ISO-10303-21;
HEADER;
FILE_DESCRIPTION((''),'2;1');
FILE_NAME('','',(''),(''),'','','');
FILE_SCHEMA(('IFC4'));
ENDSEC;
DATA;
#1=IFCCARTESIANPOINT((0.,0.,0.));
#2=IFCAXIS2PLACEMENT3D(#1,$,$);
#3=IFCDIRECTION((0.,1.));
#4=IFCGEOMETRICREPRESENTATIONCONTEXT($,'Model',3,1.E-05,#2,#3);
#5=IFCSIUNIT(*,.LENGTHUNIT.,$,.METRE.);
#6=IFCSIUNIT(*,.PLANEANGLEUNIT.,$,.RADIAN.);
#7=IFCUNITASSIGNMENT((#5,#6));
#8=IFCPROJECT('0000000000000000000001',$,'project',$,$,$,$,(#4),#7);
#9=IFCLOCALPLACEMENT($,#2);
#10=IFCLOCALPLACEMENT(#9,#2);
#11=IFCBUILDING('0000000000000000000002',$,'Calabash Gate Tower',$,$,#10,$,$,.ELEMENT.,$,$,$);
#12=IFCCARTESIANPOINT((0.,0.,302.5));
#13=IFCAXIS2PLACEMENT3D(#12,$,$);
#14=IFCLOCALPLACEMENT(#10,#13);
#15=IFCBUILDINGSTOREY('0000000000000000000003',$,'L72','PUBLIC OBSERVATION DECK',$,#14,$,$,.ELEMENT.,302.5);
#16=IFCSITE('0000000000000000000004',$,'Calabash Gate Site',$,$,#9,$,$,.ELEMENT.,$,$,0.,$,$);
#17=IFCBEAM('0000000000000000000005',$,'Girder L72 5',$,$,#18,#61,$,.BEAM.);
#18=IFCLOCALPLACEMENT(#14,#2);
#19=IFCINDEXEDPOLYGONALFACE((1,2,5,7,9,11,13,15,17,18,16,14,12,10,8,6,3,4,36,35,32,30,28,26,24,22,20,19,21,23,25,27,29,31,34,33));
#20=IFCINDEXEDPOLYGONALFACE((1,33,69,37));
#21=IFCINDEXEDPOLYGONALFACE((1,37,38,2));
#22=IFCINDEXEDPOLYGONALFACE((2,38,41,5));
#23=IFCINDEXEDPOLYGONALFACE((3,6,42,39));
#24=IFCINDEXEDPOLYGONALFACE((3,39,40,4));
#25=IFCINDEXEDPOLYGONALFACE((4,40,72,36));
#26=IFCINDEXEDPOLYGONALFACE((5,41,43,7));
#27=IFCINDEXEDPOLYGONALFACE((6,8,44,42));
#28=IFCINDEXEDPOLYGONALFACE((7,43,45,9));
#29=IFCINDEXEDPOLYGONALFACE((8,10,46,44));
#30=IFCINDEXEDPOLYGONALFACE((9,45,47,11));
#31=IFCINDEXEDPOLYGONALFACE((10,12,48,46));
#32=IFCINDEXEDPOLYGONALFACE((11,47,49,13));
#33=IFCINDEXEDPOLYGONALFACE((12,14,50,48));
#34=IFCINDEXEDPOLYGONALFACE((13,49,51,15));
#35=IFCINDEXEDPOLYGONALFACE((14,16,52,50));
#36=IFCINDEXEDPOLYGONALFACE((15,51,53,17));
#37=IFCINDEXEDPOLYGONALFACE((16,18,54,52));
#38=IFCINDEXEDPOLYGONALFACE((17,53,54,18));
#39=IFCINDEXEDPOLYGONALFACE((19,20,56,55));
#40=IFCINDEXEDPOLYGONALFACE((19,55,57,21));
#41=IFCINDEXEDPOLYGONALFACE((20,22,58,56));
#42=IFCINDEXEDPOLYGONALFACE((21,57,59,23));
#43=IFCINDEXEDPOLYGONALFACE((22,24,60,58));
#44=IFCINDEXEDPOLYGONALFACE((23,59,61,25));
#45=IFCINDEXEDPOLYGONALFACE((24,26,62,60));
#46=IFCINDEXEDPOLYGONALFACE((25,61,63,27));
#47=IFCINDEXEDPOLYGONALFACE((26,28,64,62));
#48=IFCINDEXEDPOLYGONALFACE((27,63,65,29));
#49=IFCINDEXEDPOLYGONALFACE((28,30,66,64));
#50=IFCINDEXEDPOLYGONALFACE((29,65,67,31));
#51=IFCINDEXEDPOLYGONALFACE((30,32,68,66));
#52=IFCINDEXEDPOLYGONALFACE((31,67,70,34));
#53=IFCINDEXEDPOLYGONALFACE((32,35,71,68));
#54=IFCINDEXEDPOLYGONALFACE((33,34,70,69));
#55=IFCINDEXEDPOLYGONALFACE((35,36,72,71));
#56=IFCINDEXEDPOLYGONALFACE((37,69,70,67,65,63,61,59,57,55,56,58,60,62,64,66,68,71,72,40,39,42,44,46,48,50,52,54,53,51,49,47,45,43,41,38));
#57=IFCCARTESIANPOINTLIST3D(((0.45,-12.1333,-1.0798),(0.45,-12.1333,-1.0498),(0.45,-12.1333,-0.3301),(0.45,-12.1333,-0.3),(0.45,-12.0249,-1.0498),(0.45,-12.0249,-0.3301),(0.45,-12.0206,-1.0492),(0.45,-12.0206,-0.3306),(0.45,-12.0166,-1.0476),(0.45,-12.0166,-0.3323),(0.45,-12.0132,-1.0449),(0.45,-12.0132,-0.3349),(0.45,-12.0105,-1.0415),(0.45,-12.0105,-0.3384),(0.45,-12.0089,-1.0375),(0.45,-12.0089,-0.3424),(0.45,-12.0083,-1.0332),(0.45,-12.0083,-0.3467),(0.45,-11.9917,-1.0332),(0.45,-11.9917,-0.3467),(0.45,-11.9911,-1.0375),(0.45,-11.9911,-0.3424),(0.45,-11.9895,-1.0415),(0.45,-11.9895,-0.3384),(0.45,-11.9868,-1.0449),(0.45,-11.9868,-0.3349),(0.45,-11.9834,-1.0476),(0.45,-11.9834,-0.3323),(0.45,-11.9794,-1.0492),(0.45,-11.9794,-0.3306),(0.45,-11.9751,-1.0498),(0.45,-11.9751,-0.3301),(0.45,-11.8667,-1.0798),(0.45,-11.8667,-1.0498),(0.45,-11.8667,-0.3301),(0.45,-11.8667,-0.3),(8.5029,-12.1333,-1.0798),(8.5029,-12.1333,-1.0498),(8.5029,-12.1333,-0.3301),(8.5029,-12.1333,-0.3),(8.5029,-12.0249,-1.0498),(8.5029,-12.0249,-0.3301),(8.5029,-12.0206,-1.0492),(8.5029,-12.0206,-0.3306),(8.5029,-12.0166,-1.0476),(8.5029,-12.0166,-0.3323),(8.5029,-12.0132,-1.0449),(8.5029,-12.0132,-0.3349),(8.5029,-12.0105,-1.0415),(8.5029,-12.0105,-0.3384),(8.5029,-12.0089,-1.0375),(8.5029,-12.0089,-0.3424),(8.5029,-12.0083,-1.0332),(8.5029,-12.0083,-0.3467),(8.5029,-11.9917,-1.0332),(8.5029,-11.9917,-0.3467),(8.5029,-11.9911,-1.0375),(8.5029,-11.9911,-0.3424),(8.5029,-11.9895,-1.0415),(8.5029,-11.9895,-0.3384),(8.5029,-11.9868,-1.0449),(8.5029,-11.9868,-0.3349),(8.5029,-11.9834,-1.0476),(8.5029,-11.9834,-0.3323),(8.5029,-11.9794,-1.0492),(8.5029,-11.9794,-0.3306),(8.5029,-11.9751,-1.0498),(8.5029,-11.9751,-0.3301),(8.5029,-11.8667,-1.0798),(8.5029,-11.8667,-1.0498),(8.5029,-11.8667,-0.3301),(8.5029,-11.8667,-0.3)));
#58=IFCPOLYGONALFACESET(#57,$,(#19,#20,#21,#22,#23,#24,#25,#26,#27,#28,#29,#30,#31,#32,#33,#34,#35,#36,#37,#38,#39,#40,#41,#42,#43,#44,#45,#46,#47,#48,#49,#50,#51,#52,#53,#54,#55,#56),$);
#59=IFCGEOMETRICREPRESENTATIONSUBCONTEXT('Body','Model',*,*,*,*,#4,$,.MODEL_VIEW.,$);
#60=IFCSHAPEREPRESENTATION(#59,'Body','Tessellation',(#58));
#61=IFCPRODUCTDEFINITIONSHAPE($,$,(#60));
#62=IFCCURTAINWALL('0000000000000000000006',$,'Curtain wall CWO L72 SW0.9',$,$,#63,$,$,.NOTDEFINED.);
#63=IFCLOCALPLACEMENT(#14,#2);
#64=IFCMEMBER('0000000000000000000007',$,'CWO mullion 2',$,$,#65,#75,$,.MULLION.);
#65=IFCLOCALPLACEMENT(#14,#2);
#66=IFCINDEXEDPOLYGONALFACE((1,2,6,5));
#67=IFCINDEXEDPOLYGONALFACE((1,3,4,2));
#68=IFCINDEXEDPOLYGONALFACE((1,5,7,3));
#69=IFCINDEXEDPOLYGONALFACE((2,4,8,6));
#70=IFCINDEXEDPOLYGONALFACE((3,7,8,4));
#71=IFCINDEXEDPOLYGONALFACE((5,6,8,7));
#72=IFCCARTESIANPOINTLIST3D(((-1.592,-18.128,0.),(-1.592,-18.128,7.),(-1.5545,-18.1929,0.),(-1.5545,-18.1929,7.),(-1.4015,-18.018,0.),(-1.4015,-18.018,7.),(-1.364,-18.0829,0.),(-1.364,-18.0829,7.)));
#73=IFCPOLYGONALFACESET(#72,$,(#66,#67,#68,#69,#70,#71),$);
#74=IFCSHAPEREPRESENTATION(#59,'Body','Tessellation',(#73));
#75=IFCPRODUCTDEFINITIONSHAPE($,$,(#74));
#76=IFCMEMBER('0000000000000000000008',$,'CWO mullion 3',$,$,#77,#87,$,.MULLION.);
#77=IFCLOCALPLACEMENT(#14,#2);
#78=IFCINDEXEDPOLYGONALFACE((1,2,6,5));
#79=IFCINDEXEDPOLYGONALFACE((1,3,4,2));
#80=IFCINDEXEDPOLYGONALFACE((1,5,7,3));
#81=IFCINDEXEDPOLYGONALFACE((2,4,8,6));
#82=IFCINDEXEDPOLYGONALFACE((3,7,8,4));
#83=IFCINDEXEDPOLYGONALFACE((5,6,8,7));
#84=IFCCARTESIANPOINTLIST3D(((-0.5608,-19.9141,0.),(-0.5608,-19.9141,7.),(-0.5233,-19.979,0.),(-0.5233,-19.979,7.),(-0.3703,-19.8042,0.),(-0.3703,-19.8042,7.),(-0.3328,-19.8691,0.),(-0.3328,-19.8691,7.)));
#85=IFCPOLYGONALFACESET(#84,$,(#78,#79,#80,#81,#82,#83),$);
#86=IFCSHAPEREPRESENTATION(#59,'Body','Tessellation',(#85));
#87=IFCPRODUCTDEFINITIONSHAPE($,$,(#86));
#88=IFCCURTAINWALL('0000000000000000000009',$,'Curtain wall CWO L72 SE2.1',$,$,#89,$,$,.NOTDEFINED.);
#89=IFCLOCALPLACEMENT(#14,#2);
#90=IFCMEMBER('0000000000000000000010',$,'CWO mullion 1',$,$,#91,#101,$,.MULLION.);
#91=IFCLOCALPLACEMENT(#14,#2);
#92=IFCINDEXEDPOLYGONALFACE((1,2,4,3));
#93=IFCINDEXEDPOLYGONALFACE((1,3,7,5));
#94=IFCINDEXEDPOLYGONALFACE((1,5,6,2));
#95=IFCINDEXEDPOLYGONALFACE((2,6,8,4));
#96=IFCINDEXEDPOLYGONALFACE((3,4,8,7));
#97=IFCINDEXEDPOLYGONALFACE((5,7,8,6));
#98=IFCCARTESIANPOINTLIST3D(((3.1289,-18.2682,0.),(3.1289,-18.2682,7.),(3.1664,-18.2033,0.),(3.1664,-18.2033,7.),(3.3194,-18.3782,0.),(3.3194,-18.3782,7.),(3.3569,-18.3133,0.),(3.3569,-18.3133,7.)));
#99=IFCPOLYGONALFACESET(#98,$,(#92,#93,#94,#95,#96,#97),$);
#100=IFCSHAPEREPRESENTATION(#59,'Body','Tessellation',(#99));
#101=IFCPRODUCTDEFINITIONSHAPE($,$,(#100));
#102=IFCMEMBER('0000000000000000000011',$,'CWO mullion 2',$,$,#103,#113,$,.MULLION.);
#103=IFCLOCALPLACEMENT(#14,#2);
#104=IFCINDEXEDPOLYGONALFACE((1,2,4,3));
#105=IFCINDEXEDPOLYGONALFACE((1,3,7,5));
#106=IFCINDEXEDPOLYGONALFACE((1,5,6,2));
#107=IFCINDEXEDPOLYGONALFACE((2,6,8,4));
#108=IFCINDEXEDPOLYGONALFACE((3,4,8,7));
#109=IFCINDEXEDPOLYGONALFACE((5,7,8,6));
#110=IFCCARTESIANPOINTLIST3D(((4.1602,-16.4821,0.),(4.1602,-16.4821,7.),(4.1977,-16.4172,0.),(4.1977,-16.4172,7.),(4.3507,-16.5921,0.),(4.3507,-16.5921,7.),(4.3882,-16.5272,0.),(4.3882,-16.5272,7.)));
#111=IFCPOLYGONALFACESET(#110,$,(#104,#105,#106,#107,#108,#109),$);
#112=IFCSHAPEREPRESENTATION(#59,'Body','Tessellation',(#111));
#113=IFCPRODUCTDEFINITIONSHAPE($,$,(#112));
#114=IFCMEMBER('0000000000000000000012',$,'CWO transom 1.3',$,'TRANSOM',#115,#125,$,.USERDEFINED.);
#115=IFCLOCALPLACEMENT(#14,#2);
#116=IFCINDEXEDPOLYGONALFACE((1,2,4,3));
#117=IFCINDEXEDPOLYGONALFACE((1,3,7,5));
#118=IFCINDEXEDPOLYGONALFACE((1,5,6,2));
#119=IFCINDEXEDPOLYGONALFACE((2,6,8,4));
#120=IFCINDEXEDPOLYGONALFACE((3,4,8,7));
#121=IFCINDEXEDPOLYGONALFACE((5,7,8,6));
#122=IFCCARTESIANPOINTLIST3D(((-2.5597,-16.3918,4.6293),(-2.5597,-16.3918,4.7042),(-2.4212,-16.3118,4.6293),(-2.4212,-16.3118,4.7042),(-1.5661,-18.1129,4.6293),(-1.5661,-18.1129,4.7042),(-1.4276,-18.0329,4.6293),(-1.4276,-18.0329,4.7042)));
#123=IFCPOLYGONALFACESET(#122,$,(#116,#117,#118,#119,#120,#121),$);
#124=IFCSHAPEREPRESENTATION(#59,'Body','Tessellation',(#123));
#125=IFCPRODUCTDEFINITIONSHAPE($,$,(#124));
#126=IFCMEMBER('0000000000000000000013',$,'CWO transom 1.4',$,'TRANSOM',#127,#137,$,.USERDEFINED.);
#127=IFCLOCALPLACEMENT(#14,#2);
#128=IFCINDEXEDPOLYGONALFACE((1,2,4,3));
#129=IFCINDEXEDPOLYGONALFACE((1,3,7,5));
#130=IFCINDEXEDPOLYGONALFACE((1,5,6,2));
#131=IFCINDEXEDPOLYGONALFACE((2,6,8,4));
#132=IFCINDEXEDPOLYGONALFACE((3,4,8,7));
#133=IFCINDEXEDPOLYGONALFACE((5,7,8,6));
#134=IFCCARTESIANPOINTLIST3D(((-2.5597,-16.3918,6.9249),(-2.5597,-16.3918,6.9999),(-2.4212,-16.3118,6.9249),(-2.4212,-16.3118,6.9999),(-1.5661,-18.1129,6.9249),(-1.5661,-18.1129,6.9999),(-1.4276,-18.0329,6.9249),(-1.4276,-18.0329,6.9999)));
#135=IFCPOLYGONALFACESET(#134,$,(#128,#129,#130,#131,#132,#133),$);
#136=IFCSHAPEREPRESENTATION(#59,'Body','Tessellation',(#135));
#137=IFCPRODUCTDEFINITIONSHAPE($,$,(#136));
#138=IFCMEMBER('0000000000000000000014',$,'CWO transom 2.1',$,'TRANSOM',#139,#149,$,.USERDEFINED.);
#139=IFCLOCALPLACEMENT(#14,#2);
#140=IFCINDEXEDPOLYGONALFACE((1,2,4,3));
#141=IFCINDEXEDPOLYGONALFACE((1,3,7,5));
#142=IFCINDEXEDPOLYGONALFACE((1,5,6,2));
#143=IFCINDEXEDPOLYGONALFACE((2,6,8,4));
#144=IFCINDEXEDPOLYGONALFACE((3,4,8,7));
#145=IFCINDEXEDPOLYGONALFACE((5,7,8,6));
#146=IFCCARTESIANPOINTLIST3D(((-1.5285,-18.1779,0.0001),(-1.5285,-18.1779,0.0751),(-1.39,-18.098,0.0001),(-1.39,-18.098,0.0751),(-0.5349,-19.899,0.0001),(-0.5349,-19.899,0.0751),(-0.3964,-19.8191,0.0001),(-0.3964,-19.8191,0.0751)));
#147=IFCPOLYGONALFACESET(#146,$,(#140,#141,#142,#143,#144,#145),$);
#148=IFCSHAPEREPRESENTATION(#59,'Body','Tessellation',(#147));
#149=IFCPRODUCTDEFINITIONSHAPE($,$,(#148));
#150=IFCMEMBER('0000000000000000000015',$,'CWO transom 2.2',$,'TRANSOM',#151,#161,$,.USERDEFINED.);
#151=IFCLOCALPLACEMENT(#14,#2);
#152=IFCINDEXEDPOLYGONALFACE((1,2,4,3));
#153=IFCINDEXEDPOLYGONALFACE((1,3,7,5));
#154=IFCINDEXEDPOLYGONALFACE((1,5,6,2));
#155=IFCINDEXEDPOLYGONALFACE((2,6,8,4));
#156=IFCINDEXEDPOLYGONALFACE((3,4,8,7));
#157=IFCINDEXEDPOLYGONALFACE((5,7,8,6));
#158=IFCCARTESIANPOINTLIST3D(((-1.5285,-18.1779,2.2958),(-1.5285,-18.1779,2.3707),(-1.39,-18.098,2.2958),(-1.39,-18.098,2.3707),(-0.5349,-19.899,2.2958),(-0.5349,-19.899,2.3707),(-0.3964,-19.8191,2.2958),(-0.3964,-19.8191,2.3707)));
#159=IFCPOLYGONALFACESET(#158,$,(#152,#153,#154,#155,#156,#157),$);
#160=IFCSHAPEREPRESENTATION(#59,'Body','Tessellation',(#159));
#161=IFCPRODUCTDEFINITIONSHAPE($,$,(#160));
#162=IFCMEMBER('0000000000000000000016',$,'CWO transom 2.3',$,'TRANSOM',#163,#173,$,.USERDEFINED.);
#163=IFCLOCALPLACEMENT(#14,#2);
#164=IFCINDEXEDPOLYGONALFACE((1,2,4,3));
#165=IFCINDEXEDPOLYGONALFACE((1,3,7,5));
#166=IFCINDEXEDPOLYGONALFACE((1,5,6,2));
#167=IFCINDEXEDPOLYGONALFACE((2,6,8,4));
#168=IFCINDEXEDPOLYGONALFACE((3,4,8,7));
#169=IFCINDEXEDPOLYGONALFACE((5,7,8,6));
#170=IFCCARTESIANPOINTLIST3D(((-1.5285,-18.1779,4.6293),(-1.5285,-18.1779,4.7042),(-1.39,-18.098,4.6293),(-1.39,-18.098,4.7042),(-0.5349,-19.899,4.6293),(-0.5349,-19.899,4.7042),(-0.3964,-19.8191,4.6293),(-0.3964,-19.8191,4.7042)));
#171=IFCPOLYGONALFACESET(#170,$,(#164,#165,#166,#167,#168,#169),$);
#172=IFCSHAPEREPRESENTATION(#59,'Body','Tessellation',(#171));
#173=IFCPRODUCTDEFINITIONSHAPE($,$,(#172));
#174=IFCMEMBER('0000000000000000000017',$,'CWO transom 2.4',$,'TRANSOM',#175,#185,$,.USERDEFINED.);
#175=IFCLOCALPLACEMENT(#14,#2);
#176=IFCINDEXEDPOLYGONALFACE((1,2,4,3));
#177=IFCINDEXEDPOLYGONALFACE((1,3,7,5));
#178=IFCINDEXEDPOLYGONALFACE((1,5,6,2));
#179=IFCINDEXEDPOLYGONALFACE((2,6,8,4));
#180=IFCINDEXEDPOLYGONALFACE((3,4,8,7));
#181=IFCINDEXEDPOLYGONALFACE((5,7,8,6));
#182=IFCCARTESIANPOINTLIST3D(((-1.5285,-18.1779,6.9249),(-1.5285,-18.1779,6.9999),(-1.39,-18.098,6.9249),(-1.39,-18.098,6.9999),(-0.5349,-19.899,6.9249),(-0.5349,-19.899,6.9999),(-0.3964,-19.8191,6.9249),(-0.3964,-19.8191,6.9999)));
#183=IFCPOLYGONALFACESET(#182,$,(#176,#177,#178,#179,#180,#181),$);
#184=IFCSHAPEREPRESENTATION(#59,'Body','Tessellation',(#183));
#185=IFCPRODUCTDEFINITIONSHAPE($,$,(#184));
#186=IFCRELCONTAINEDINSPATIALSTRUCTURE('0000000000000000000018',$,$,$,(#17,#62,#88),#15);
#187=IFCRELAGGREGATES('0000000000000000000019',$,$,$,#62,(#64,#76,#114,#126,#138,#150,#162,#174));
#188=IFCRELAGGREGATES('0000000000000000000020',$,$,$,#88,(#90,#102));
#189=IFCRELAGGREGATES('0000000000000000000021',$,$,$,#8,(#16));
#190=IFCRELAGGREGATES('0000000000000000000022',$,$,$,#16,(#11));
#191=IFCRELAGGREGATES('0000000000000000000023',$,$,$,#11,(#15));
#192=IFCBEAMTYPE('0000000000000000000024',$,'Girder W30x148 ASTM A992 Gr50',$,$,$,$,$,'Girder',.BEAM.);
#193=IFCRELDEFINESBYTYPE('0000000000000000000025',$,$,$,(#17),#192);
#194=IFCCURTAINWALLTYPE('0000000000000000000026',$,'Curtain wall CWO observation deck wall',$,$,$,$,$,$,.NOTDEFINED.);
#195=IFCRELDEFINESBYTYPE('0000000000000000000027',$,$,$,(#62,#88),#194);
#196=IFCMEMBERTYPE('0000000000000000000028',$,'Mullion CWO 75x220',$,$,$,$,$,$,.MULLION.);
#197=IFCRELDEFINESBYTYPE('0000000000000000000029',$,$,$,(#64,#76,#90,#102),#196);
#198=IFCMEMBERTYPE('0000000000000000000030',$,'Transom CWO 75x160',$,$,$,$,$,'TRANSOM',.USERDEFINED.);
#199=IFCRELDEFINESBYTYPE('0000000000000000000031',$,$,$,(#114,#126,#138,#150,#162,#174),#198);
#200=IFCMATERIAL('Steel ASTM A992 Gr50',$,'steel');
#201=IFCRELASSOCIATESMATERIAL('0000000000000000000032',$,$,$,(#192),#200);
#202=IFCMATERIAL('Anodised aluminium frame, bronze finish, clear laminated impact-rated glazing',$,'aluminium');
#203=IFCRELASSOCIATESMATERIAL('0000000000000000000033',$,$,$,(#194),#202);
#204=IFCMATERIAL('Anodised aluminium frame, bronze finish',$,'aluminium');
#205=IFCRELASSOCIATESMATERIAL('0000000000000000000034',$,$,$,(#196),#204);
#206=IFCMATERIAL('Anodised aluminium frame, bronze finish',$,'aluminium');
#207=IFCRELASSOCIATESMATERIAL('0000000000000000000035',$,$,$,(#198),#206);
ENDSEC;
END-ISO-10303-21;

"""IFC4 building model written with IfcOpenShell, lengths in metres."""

from ifc_helpers import new_model, si_unit, direction, frame, origin, origin_2d, place, context, subcontext, project, spatial, rectangle, i_section, extrude, material, material_profile, profile_set, type_object, element, aggregate, save


model = new_model("IFC4")

# Units and contexts
model_context = context("Model", 3, precision=1e-05, world=origin(), true_north=direction((0.0, 1.0)))
body_context = subcontext(model_context, "Body", "Model", "MODEL_VIEW")
ifc_project = project(units=[si_unit("LENGTHUNIT", "METRE"), si_unit("PLANEANGLEUNIT", "RADIAN")], contexts=[model_context])

# Site, building, storey
site_placement = place(None, origin())
site = spatial("IfcSite", under=ifc_project, at=site_placement, Name="Calabash Gate Site", CompositionType="ELEMENT", RefElevation=0.0)
building_placement = place(site_placement, origin())
building = spatial("IfcBuilding", under=site, at=building_placement, Name="Calabash Gate Tower", CompositionType="ELEMENT")
storey_placement = place(building_placement, frame((0.0, 0.0, 302.5)))
storey = spatial("IfcBuildingStorey", under=building, at=storey_placement, Name="L72", Description="PUBLIC OBSERVATION DECK", CompositionType="ELEMENT", Elevation=302.5)

# Beam
ifc_material_1 = material(Name="Steel ASTM A992 Gr50", Category="steel")
ifc_material_profile_1 = material_profile(ifc_material_1, i_section(OverallWidth=0.2666, OverallDepth=0.7798, WebThickness=0.0166, FlangeThickness=0.03, FilletRadius=0.0166, at=origin_2d()))
ifc_profile_set_1 = profile_set([ifc_material_profile_1], Name="Steel ASTM A992 Gr50")
beam_type_1 = type_object("IfcBeamType", Name="Girder W30x148 ASTM A992 Gr50", ElementType="Girder", PredefinedType="BEAM", material=ifc_profile_set_1)
beam_1_placement = place(storey_placement, frame((0.45, -12.0, -0.6899), z_axis=(1.0, 0.0, 0.0), x_axis=(0.0, 1.0, 0.0)))
element("IfcBeam", 1, at=beam_1_placement, inside=storey, type_object=beam_type_1, Name="Girder L72 5", PredefinedType="BEAM", context=body_context, shape_type="SweptSolid", body=[
    extrude(i_section(OverallWidth=0.2666, OverallDepth=0.7798, WebThickness=0.0166, FlangeThickness=0.03, FilletRadius=0.0166, at=origin_2d()), origin(), (0.0, 0.0, 1.0), 8.053),
])

# Curtain walls, members
ifc_material_2 = material(Name="Anodised aluminium frame, bronze finish, clear laminated impact-rated glazing", Category="aluminium")
curtain_wall_type = type_object("IfcCurtainWallType", Name="Curtain wall CWO observation deck wall", PredefinedType="NOTDEFINED", material=ifc_material_2)
curtain_wall_1_placement = place(storey_placement, origin())
curtain_wall_1 = element("IfcCurtainWall", 2, at=curtain_wall_1_placement, inside=storey, type_object=curtain_wall_type, Name="Curtain wall CWO L72 SW0.9", PredefinedType="NOTDEFINED")
ifc_material_3 = material(Name="Anodised aluminium frame, bronze finish", Category="aluminium")
ifc_material_profile_2 = material_profile(ifc_material_3, rectangle(XDim=0.22, YDim=0.075, at=origin_2d()))
ifc_profile_set_2 = profile_set([ifc_material_profile_2], Name="Anodised aluminium frame, bronze finish")
member_type_1 = type_object("IfcMemberType", Name="Mullion CWO 75x220", PredefinedType="MULLION", material=ifc_profile_set_2)
member_1_placement = place(storey_placement, frame((-1.478, -18.1055, 0.0), z_axis=(0.0, 0.0, 1.0), x_axis=(0.866025, 0.5, 0.0)))
member_1 = element("IfcMember", 3, at=member_1_placement, type_object=member_type_1, Name="CWO mullion 2", PredefinedType="MULLION", context=body_context, shape_type="SweptSolid", body=[
    extrude(rectangle(XDim=0.22, YDim=0.075, at=origin_2d()), origin(), (0.0, 0.0, 1.0), 7.0),
])
member_2_placement = place(storey_placement, frame((-0.4468, -19.8916, 0.0), z_axis=(0.0, 0.0, 1.0), x_axis=(0.866025, 0.5, 0.0)))
member_2 = element("IfcMember", 4, at=member_2_placement, type_object=member_type_1, Name="CWO mullion 3", PredefinedType="MULLION", context=body_context, shape_type="SweptSolid", body=[
    extrude(rectangle(XDim=0.22, YDim=0.075, at=origin_2d()), origin(), (0.0, 0.0, 1.0), 7.0),
])
curtain_wall_2_placement = place(storey_placement, origin())
curtain_wall_2 = element("IfcCurtainWall", 5, at=curtain_wall_2_placement, inside=storey, type_object=curtain_wall_type, Name="Curtain wall CWO L72 SE2.1", PredefinedType="NOTDEFINED")
member_3_placement = place(storey_placement, frame((3.2429, -18.2908, 0.0), z_axis=(0.0, 0.0, 1.0), x_axis=(-0.866025, 0.5, 0.0)))
member_3 = element("IfcMember", 6, at=member_3_placement, type_object=member_type_1, Name="CWO mullion 1", PredefinedType="MULLION", context=body_context, shape_type="SweptSolid", body=[
    extrude(rectangle(XDim=0.22, YDim=0.075, at=origin_2d()), origin(), (0.0, 0.0, 1.0), 7.0),
])
member_4_placement = place(storey_placement, frame((4.2742, -16.5046, 0.0), z_axis=(0.0, 0.0, 1.0), x_axis=(-0.866025, 0.5, 0.0)))
member_4 = element("IfcMember", 7, at=member_4_placement, type_object=member_type_1, Name="CWO mullion 2", PredefinedType="MULLION", context=body_context, shape_type="SweptSolid", body=[
    extrude(rectangle(XDim=0.22, YDim=0.075, at=origin_2d()), origin(), (0.0, 0.0, 1.0), 7.0),
])

# Members
ifc_material_4 = material(Name="Anodised aluminium frame, bronze finish", Category="aluminium")
ifc_material_profile_3 = material_profile(ifc_material_4, rectangle(XDim=0.1599, YDim=0.075, at=origin_2d()))
ifc_profile_set_3 = profile_set([ifc_material_profile_3], Name="Anodised aluminium frame, bronze finish")
member_type_2 = type_object("IfcMemberType", Name="Transom CWO 75x160", ElementType="TRANSOM", PredefinedType="USERDEFINED", material=ifc_profile_set_3)
member_5_placement = place(storey_placement, frame((-2.4905, -16.3518, 4.6667), z_axis=(0.499971, -0.866042, 0.0), x_axis=(0.866042, 0.499971, 0.0)))
member_5 = element("IfcMember", 8, at=member_5_placement, type_object=member_type_2, Name="CWO transom 1.3", ObjectType="TRANSOM", PredefinedType="USERDEFINED", context=body_context, shape_type="SweptSolid", body=[
    extrude(rectangle(XDim=0.1599, YDim=0.075, at=origin_2d()), origin(), (0.0, 0.0, 1.0), 1.9873),
])
member_6_placement = place(storey_placement, frame((-2.4905, -16.3518, 6.9624), z_axis=(0.499971, -0.866042, 0.0), x_axis=(0.866042, 0.499971, 0.0)))
member_6 = element("IfcMember", 9, at=member_6_placement, type_object=member_type_2, Name="CWO transom 1.4", ObjectType="TRANSOM", PredefinedType="USERDEFINED", context=body_context, shape_type="SweptSolid", body=[
    extrude(rectangle(XDim=0.1599, YDim=0.075, at=origin_2d()), origin(), (0.0, 0.0, 1.0), 1.9873),
])
member_7_placement = place(storey_placement, frame((-1.4592, -18.1379, 0.0376), z_axis=(0.499971, -0.866042, 0.0), x_axis=(0.866042, 0.499971, 0.0)))
member_7 = element("IfcMember", 10, at=member_7_placement, type_object=member_type_2, Name="CWO transom 2.1", ObjectType="TRANSOM", PredefinedType="USERDEFINED", context=body_context, shape_type="SweptSolid", body=[
    extrude(rectangle(XDim=0.1599, YDim=0.075, at=origin_2d()), origin(), (0.0, 0.0, 1.0), 1.9873),
])
member_8_placement = place(storey_placement, frame((-1.4592, -18.1379, 2.3333), z_axis=(0.499971, -0.866042, 0.0), x_axis=(0.866042, 0.499971, 0.0)))
member_8 = element("IfcMember", 11, at=member_8_placement, type_object=member_type_2, Name="CWO transom 2.2", ObjectType="TRANSOM", PredefinedType="USERDEFINED", context=body_context, shape_type="SweptSolid", body=[
    extrude(rectangle(XDim=0.1599, YDim=0.075, at=origin_2d()), origin(), (0.0, 0.0, 1.0), 1.9873),
])
member_9_placement = place(storey_placement, frame((-1.4592, -18.1379, 4.6667), z_axis=(0.499971, -0.866042, 0.0), x_axis=(0.866042, 0.499971, 0.0)))
member_9 = element("IfcMember", 12, at=member_9_placement, type_object=member_type_2, Name="CWO transom 2.3", ObjectType="TRANSOM", PredefinedType="USERDEFINED", context=body_context, shape_type="SweptSolid", body=[
    extrude(rectangle(XDim=0.1599, YDim=0.075, at=origin_2d()), origin(), (0.0, 0.0, 1.0), 1.9873),
])
member_10_placement = place(storey_placement, frame((-1.4592, -18.1379, 6.9624), z_axis=(0.499971, -0.866042, 0.0), x_axis=(0.866042, 0.499971, 0.0)))
member_10 = element("IfcMember", 13, at=member_10_placement, type_object=member_type_2, Name="CWO transom 2.4", ObjectType="TRANSOM", PredefinedType="USERDEFINED", context=body_context, shape_type="SweptSolid", body=[
    extrude(rectangle(XDim=0.1599, YDim=0.075, at=origin_2d()), origin(), (0.0, 0.0, 1.0), 1.9873),
])

aggregate(curtain_wall_1, [member_1, member_2, member_5, member_6, member_7, member_8, member_9, member_10])
aggregate(curtain_wall_2, [member_3, member_4])

save(model, "model.ifc")
